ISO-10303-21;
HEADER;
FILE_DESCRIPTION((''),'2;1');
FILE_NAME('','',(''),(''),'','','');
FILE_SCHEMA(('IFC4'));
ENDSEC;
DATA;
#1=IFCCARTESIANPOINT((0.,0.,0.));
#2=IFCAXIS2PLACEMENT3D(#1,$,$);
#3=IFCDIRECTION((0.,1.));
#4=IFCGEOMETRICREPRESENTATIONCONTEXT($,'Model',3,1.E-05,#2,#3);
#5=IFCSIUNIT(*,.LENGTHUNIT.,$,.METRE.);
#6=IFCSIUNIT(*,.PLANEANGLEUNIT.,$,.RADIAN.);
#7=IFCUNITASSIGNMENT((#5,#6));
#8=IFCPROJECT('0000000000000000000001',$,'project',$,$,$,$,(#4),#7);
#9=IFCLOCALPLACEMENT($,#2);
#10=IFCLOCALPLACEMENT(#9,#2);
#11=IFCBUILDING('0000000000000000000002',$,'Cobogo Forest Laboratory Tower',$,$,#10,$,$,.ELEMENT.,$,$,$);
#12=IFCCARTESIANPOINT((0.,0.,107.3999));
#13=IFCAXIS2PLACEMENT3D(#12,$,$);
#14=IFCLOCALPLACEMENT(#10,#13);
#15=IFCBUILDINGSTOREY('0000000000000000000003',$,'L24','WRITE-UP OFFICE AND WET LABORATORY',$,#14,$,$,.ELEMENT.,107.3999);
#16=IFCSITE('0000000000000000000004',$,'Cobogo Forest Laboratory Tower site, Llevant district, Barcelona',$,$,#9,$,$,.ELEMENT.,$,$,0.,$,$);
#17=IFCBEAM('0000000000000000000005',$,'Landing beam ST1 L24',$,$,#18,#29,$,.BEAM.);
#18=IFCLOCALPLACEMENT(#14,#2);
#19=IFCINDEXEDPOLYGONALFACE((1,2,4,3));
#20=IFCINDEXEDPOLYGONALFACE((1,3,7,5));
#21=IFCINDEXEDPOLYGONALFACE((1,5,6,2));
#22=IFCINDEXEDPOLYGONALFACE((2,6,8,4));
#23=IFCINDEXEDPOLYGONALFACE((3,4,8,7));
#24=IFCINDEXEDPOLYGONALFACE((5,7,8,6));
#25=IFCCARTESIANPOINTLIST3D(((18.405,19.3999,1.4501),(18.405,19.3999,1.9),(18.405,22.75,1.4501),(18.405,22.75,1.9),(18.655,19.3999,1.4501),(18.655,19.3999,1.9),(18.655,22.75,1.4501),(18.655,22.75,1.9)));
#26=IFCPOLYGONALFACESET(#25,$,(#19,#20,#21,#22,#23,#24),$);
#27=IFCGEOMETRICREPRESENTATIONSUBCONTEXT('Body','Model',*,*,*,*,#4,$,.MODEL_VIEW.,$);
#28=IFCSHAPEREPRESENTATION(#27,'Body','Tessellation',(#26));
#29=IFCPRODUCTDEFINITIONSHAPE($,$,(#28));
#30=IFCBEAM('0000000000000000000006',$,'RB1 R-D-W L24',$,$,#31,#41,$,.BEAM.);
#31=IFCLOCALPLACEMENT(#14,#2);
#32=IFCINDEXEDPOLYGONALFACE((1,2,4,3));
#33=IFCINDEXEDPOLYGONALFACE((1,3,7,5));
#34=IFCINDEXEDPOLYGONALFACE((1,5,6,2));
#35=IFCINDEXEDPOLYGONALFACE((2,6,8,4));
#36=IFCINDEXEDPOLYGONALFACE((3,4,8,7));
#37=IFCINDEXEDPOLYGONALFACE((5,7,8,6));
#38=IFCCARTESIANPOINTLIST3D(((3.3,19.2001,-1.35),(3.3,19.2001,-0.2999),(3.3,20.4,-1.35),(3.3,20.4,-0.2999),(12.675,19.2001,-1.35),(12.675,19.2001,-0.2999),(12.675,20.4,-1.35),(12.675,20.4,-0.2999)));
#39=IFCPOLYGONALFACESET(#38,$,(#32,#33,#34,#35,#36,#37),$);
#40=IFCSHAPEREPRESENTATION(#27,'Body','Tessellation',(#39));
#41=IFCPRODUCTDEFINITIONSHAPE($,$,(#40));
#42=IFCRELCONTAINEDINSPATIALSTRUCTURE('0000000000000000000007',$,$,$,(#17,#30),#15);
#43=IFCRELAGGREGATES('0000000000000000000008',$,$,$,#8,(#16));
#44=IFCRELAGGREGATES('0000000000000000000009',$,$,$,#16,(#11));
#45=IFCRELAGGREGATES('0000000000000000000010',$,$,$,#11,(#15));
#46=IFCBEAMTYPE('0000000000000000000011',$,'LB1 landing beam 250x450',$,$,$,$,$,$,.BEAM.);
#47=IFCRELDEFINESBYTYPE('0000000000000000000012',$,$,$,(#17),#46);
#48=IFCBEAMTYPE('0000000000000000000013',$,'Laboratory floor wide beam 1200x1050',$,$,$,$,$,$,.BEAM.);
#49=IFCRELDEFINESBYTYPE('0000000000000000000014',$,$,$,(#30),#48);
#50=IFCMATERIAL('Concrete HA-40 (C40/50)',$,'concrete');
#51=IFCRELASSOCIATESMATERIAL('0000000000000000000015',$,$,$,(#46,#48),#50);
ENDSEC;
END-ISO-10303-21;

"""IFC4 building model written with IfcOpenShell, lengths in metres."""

from ifc_helpers import new_model, si_unit, direction, frame, origin, origin_2d, place, context, subcontext, project, spatial, rectangle, extrude, material, material_profile, profile_set, type_object, element, save


model = new_model("IFC4")

# Units and contexts
model_context = context("Model", 3, precision=1e-05, world=origin(), true_north=direction((0.0, 1.0)))
body_context = subcontext(model_context, "Body", "Model", "MODEL_VIEW")
ifc_project = project(units=[si_unit("LENGTHUNIT", "METRE"), si_unit("PLANEANGLEUNIT", "RADIAN")], contexts=[model_context])

# Site, building, storey
site_placement = place(None, origin())
site = spatial("IfcSite", under=ifc_project, at=site_placement, Name="Cobogo Forest Laboratory Tower site, Llevant district, Barcelona", CompositionType="ELEMENT", RefElevation=0.0)
building_placement = place(site_placement, origin())
building = spatial("IfcBuilding", under=site, at=building_placement, Name="Cobogo Forest Laboratory Tower", CompositionType="ELEMENT")
storey_placement = place(building_placement, frame((0.0, 0.0, 107.3999)))
storey = spatial("IfcBuildingStorey", under=building, at=storey_placement, Name="L24", Description="WRITE-UP OFFICE AND WET LABORATORY", CompositionType="ELEMENT", Elevation=107.3999)

# Beams
ifc_material_1 = material(Name="Concrete HA-40 (C40/50)", Category="concrete")
ifc_material_profile_1 = material_profile(ifc_material_1, rectangle(XDim=0.25, YDim=0.45, at=origin_2d()), Name="RC 250x450")
ifc_profile_set_1 = profile_set([ifc_material_profile_1], Name="Concrete HA-40 (C40/50)")
beam_type_1 = type_object("IfcBeamType", Name="LB1 landing beam 250x450", PredefinedType="BEAM", material=ifc_profile_set_1)
beam_1_placement = place(storey_placement, frame((18.53, 19.3999, 1.675), z_axis=(0.0, 1.0, 0.0), x_axis=(-1.0, 0.0, 0.0)))
element("IfcBeam", 1, at=beam_1_placement, inside=storey, type_object=beam_type_1, Name="Landing beam ST1 L24", PredefinedType="BEAM", context=body_context, shape_type="SweptSolid", body=[
    extrude(rectangle(XDim=0.25, YDim=0.45, at=origin_2d()), origin(), (0.0, 0.0, 1.0), 3.3501),
])
ifc_material_profile_2 = material_profile(ifc_material_1, rectangle(XDim=1.2, YDim=1.05, at=origin_2d()), Name="RC 1200x1050")
ifc_profile_set_2 = profile_set([ifc_material_profile_2], Name="Concrete HA-40 (C40/50)")
beam_type_2 = type_object("IfcBeamType", Name="Laboratory floor wide beam 1200x1050", PredefinedType="BEAM", material=ifc_profile_set_2)
beam_2_placement = place(storey_placement, frame((12.675, 19.8, -0.825), z_axis=(-1.0, 0.0, 0.0), x_axis=(0.0, -1.0, 0.0)))
element("IfcBeam", 2, at=beam_2_placement, inside=storey, type_object=beam_type_2, Name="RB1 R-D-W L24", PredefinedType="BEAM", context=body_context, shape_type="SweptSolid", body=[
    extrude(rectangle(XDim=1.2, YDim=1.05, at=origin_2d()), origin(), (0.0, 0.0, 1.0), 9.375),
])

save(model, "model.ifc")
